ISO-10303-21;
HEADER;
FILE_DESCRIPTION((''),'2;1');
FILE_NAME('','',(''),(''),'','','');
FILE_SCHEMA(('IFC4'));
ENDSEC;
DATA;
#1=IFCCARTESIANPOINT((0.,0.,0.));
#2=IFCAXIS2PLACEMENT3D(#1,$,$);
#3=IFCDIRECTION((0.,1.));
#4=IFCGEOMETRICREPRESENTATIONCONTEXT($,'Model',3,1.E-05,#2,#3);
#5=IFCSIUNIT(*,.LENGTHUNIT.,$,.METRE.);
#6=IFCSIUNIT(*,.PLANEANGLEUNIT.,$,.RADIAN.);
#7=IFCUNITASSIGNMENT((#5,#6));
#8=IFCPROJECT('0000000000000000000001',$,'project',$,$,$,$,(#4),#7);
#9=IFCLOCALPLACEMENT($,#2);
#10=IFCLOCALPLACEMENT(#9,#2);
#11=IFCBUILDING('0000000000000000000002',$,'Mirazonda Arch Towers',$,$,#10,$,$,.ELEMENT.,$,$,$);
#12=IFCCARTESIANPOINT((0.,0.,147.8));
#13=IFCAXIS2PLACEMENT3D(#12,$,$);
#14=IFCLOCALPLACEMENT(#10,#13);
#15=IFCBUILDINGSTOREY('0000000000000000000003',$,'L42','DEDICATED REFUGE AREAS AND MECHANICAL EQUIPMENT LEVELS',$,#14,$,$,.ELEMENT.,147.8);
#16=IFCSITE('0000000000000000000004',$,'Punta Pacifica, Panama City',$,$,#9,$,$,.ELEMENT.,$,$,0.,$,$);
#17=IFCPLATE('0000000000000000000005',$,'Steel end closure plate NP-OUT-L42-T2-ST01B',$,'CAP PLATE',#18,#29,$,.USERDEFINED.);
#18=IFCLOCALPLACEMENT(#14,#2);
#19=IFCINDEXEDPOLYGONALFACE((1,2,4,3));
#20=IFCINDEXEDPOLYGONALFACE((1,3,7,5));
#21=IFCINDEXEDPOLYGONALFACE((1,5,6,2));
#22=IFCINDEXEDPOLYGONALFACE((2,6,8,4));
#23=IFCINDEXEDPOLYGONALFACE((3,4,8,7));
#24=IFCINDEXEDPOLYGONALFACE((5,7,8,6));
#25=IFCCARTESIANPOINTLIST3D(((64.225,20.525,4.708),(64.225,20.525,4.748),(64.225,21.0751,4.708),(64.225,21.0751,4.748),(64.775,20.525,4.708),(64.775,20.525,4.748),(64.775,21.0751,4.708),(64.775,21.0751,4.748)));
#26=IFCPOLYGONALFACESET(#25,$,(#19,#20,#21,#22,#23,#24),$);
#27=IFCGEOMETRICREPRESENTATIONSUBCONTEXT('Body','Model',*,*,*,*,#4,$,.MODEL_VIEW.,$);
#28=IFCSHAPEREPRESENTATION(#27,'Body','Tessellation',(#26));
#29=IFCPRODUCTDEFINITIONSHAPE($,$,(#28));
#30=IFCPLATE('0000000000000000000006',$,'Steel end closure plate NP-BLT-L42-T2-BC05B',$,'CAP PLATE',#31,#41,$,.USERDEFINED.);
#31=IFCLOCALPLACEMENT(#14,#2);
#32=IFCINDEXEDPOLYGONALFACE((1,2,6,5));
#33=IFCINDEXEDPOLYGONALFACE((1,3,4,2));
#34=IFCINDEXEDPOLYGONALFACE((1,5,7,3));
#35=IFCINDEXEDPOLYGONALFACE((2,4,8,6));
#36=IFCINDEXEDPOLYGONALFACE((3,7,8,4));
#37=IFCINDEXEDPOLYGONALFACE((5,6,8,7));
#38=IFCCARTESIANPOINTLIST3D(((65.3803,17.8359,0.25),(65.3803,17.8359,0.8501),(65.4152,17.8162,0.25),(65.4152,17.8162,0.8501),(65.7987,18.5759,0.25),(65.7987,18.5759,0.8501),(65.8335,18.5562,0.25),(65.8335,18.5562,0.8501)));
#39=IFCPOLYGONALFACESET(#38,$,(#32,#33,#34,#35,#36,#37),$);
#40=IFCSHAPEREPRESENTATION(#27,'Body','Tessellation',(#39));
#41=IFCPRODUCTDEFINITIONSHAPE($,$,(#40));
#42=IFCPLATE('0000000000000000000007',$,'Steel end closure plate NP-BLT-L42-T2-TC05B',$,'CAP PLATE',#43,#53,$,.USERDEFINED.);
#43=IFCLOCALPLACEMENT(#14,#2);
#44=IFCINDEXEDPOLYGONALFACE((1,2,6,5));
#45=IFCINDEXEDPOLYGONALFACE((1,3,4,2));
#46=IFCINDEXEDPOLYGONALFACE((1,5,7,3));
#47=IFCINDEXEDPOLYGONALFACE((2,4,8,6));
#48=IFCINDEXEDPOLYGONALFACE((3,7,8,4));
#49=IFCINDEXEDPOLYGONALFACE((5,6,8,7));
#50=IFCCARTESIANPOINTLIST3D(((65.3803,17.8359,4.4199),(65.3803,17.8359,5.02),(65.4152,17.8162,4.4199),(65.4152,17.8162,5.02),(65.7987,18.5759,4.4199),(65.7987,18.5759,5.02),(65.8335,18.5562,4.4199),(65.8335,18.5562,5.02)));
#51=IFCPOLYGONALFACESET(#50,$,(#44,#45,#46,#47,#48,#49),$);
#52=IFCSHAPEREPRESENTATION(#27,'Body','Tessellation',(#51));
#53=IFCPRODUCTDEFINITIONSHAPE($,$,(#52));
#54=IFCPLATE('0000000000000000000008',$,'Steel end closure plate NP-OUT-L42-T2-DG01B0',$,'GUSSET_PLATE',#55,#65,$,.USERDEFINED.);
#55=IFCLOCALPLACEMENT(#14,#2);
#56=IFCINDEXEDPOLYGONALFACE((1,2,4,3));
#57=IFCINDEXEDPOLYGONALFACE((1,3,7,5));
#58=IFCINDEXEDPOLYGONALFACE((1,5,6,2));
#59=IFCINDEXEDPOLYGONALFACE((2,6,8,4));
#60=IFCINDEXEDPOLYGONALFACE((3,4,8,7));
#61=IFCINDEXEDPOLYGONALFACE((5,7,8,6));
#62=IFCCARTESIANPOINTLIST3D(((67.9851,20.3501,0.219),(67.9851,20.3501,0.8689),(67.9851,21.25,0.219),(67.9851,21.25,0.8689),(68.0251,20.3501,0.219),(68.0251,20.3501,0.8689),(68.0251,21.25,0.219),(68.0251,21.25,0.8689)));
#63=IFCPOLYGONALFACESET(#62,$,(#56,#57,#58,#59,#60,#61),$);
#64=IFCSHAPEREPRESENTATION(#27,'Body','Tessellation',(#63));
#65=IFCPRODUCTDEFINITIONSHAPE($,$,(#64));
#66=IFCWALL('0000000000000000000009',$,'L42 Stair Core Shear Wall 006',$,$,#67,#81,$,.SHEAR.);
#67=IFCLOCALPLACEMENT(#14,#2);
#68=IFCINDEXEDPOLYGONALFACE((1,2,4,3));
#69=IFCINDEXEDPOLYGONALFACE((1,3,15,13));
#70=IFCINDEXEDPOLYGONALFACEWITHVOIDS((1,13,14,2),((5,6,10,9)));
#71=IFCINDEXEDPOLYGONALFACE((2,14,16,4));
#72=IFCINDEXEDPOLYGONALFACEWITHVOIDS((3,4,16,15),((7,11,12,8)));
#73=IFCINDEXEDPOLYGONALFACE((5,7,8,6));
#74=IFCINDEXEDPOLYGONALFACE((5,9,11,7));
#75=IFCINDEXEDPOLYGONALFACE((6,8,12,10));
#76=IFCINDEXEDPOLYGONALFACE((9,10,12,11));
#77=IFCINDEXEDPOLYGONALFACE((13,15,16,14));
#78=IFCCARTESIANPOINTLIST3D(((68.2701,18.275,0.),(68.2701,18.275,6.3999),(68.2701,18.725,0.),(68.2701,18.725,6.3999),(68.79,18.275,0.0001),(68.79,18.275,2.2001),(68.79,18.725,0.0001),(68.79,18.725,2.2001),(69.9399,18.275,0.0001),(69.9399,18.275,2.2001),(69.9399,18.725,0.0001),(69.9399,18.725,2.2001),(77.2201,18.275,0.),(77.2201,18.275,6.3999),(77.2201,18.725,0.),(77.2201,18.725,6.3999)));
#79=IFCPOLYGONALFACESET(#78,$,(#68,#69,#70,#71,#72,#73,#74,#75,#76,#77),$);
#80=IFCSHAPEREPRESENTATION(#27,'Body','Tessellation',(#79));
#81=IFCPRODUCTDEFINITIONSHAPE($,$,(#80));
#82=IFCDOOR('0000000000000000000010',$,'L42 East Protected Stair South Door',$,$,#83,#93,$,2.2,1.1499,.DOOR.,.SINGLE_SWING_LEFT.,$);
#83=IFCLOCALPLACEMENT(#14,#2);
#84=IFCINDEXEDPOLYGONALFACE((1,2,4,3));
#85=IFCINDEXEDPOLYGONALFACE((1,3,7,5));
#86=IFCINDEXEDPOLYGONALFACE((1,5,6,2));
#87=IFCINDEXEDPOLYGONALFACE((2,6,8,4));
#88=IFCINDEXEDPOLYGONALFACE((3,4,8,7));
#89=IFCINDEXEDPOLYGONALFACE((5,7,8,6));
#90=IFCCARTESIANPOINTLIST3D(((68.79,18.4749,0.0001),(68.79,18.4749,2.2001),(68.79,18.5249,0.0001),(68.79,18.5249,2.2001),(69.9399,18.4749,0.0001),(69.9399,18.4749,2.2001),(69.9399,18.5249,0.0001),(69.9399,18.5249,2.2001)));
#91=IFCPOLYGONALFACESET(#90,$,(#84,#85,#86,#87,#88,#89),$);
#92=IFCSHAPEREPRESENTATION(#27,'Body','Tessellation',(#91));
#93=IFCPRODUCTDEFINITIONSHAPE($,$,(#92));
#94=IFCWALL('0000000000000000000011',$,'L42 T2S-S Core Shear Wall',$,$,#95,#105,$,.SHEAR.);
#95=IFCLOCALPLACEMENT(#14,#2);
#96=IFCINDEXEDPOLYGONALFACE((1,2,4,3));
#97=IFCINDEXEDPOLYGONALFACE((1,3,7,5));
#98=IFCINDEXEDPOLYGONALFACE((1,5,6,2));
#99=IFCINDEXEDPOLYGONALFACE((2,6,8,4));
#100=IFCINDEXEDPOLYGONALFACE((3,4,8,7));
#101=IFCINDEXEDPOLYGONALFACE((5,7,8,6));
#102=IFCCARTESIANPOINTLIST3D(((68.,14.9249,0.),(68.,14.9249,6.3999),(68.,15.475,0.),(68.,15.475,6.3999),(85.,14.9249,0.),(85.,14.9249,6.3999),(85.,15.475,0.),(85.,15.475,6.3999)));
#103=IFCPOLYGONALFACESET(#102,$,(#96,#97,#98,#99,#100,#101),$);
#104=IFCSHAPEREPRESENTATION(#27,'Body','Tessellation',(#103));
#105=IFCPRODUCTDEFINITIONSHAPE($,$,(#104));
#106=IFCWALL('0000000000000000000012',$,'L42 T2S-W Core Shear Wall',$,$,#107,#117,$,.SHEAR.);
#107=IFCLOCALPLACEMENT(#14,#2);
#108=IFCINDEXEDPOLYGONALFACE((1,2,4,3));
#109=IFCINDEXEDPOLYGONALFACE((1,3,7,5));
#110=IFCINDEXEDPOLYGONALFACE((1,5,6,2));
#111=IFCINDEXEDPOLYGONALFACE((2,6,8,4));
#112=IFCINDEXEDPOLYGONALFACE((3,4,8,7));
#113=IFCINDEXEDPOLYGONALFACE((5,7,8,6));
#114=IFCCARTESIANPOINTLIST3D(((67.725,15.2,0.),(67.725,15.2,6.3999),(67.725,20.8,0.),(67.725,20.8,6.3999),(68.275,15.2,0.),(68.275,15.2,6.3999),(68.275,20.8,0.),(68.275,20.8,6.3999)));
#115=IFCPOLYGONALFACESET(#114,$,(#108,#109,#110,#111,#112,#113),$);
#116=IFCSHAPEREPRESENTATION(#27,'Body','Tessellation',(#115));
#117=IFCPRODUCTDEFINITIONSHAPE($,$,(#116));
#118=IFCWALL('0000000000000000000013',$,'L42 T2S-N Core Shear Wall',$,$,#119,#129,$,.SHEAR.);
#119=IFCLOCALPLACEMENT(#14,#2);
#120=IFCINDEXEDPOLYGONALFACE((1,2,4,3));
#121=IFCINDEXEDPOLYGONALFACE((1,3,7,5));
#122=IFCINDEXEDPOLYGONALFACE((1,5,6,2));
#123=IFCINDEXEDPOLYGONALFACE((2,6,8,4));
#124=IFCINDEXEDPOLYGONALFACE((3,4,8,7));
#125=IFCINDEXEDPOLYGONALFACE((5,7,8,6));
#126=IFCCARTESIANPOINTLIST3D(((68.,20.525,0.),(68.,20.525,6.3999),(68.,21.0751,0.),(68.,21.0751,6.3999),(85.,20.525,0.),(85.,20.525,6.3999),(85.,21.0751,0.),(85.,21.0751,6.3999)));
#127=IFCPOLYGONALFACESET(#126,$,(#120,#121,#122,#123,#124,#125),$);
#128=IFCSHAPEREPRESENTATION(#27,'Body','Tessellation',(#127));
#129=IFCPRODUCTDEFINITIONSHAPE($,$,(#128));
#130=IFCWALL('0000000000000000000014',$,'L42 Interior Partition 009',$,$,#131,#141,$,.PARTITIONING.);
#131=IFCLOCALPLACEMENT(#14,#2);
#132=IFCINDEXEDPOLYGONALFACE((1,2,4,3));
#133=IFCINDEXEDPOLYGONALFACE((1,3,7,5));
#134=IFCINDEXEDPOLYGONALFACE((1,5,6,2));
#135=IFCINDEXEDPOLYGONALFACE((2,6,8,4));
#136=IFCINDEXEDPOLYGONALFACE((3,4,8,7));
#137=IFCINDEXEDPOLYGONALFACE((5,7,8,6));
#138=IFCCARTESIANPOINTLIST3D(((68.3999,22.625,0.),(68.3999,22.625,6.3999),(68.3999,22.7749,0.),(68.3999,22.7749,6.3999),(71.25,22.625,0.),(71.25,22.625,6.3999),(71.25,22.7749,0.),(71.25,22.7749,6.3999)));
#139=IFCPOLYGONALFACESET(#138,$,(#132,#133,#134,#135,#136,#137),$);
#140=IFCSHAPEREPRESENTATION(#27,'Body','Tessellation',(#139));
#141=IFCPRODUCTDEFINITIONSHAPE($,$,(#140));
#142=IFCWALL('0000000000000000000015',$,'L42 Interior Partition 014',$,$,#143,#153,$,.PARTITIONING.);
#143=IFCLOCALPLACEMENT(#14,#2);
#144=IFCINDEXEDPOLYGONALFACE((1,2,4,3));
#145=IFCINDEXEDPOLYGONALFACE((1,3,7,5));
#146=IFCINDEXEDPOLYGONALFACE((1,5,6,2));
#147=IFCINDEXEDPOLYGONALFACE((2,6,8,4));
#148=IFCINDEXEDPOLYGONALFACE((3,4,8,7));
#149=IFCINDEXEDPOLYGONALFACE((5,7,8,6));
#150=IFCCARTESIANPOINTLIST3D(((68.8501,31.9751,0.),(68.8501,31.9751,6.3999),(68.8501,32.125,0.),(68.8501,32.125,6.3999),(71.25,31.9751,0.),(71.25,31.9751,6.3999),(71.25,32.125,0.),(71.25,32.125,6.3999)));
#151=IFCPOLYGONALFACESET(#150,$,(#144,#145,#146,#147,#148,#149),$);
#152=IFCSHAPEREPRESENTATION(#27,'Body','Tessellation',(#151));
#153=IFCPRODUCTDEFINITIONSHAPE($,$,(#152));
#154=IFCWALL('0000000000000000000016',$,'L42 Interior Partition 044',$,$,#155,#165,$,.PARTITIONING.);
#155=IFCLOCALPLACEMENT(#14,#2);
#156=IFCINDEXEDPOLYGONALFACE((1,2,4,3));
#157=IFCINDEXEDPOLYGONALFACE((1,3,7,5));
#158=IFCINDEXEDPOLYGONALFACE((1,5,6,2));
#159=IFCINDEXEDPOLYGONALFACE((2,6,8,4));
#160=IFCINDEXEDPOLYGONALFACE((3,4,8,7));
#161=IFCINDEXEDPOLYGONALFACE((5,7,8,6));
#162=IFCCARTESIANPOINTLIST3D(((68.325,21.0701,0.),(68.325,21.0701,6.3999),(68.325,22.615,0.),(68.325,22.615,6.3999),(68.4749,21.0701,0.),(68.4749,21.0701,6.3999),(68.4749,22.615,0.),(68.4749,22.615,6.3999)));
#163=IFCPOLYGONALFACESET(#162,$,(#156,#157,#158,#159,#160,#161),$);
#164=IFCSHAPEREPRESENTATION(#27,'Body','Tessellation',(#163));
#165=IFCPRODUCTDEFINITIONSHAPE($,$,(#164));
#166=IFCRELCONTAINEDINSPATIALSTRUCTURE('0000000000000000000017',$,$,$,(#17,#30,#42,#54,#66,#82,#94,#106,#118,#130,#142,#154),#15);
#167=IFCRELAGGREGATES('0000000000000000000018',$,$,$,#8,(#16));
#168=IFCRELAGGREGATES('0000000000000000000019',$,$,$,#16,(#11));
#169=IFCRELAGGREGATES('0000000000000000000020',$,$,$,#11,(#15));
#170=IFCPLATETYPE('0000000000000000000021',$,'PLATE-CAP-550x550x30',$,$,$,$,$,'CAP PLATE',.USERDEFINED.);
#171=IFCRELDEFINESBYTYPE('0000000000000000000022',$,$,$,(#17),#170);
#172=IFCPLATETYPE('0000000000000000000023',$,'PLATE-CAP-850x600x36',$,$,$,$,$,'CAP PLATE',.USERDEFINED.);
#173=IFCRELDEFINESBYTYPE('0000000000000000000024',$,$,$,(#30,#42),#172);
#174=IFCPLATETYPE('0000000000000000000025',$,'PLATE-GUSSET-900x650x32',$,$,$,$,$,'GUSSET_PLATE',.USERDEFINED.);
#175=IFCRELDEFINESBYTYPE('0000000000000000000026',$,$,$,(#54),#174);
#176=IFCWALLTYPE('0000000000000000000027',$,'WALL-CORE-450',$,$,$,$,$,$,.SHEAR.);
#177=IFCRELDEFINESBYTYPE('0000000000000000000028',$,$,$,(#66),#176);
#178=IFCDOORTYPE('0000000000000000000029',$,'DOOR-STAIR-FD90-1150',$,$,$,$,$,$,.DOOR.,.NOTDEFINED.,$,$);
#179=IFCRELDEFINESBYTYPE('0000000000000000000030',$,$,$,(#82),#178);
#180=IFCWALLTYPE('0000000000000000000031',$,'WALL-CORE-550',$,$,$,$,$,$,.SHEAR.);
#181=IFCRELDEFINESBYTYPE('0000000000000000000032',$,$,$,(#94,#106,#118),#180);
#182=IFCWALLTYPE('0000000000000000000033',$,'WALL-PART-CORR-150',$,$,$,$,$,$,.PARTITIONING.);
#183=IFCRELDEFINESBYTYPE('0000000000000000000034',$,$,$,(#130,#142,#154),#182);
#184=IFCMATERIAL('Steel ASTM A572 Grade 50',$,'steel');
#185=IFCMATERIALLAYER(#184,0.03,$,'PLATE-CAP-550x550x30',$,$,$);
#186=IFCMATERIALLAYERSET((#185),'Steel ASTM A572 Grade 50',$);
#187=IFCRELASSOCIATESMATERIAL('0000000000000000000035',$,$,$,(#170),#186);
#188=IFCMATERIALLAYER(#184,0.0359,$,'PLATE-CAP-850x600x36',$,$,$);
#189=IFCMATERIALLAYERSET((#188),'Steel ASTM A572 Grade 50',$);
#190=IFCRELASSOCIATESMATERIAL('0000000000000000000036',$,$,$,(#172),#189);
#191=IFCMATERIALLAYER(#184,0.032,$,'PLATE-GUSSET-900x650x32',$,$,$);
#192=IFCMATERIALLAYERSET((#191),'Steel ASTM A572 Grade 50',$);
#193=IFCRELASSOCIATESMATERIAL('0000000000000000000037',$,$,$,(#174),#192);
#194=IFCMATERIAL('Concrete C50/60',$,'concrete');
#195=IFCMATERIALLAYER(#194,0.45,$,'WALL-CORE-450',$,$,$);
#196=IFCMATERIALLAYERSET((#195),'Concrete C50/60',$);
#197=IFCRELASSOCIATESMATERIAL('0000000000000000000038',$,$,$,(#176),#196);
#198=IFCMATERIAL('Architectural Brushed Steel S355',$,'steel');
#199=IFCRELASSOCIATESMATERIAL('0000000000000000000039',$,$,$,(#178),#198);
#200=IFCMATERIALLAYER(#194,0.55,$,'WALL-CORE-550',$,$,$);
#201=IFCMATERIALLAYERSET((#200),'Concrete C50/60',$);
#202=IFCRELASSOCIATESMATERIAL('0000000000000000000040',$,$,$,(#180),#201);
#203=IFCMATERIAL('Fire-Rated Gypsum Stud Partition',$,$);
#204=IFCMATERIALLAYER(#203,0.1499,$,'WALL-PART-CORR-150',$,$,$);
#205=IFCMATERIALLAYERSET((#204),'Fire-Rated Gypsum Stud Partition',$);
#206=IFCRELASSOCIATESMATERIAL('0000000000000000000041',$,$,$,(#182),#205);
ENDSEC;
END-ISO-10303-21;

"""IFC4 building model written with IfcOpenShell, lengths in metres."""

from ifc_helpers import new_model, si_unit, direction, frame, frame_2d, origin, origin_2d, place, context, subcontext, project, spatial, rectangle, extrude, material, layer, layer_set, type_object, element, fill, save


model = new_model("IFC4")

# Units and contexts
model_context = context("Model", 3, precision=1e-05, world=origin(), true_north=direction((0.0, 1.0)))
body_context = subcontext(model_context, "Body", "Model", "MODEL_VIEW")
ifc_project = project(units=[si_unit("LENGTHUNIT", "METRE"), si_unit("PLANEANGLEUNIT", "RADIAN")], contexts=[model_context])

# Site, building, storey
site_placement = place(None, origin())
site = spatial("IfcSite", under=ifc_project, at=site_placement, Name="Punta Pacifica, Panama City", CompositionType="ELEMENT", RefElevation=0.0)
building_placement = place(site_placement, origin())
building = spatial("IfcBuilding", under=site, at=building_placement, Name="Mirazonda Arch Towers", CompositionType="ELEMENT")
storey_placement = place(building_placement, frame((0.0, 0.0, 147.8)))
storey = spatial("IfcBuildingStorey", under=building, at=storey_placement, Name="L42", Description="DEDICATED REFUGE AREAS AND MECHANICAL EQUIPMENT LEVELS", CompositionType="ELEMENT", Elevation=147.8)

# Shared definitions
ifc_material_1 = material(Name="Concrete C50/60", Category="concrete")

# Shared definitions
ifc_material_2 = material(Name="Steel ASTM A572 Grade 50", Category="steel")

# Plates
ifc_layer_1 = layer(ifc_material_2, 0.03, Name="PLATE-CAP-550x550x30")
ifc_layer_set_1 = layer_set([ifc_layer_1], Name="Steel ASTM A572 Grade 50")
plate_type_1 = type_object("IfcPlateType", Name="PLATE-CAP-550x550x30", ElementType="CAP PLATE", PredefinedType="USERDEFINED", material=ifc_layer_set_1)
for number, where, z_axis, x_axis, name in (
    (1, (64.5, 20.8, 4.708), (0.0, 0.0, 1.0), (1.0, 0.0, 0.0), "Steel end closure plate NP-OUT-L42-T2-ST01B"),
):
    element("IfcPlate", number, at=place(storey_placement, frame(where, z_axis=z_axis, x_axis=x_axis)), inside=storey, type_object=plate_type_1, Name=name, ObjectType="CAP PLATE", PredefinedType="USERDEFINED", context=body_context, shape_type="SweptSolid", body=[
        extrude(rectangle(XDim=0.55, YDim=0.55, at=origin_2d()), origin(), (0.0, 0.0, 1.0), 0.04),
    ])
ifc_layer_2 = layer(ifc_material_2, 0.0359, Name="PLATE-CAP-850x600x36")
ifc_layer_set_2 = layer_set([ifc_layer_2], Name="Steel ASTM A572 Grade 50")
plate_type_2 = type_object("IfcPlateType", Name="PLATE-CAP-850x600x36", ElementType="CAP PLATE", PredefinedType="USERDEFINED", material=ifc_layer_set_2)
for number, where, z_axis, x_axis, name in (
    (2, (65.6069, 18.196, 0.25), (0.0, 0.0, 1.0), (0.870528, -0.49212, 0.0), "Steel end closure plate NP-BLT-L42-T2-BC05B"),
    (3, (65.6069, 18.196, 4.4199), (0.0, 0.0, 1.0), (0.870528, -0.49212, 0.0), "Steel end closure plate NP-BLT-L42-T2-TC05B"),
):
    element("IfcPlate", number, at=place(storey_placement, frame(where, z_axis=z_axis, x_axis=x_axis)), inside=storey, type_object=plate_type_2, Name=name, ObjectType="CAP PLATE", PredefinedType="USERDEFINED", context=body_context, shape_type="SweptSolid", body=[
        extrude(rectangle(XDim=0.04, YDim=0.8501, at=origin_2d()), origin(), (0.0, 0.0, 1.0), 0.6001),
    ])
ifc_layer_3 = layer(ifc_material_2, 0.032, Name="PLATE-GUSSET-900x650x32")
ifc_layer_set_3 = layer_set([ifc_layer_3], Name="Steel ASTM A572 Grade 50")
plate_type_3 = type_object("IfcPlateType", Name="PLATE-GUSSET-900x650x32", ElementType="GUSSET_PLATE", PredefinedType="USERDEFINED", material=ifc_layer_set_3)
plate_placement = place(storey_placement, frame((68.0051, 20.8, 0.219), z_axis=(0.0, 0.0, 1.0), x_axis=(1.0, 0.0, 0.0)))
element("IfcPlate", 4, at=plate_placement, inside=storey, type_object=plate_type_3, Name="Steel end closure plate NP-OUT-L42-T2-DG01B0", ObjectType="GUSSET_PLATE", PredefinedType="USERDEFINED", context=body_context, shape_type="SweptSolid", body=[
    extrude(rectangle(XDim=0.04, YDim=0.8999, at=origin_2d()), origin(), (0.0, 0.0, 1.0), 0.6499),
])

# Wall, opening, door
ifc_layer_4 = layer(ifc_material_1, 0.45, Name="WALL-CORE-450")
ifc_layer_set_4 = layer_set([ifc_layer_4], Name="Concrete C50/60")
wall_type_1 = type_object("IfcWallType", Name="WALL-CORE-450", PredefinedType="SHEAR", material=ifc_layer_set_4)
wall_1_placement = place(storey_placement, frame((68.27, 18.5, 0.0), z_axis=(0.0, 0.0, 1.0), x_axis=(1.0, 0.0, 0.0)))
wall_1 = element("IfcWall", 5, at=wall_1_placement, inside=storey, type_object=wall_type_1, Name="L42 Stair Core Shear Wall 006", PredefinedType="SHEAR", context=body_context, shape_type="SweptSolid", body=[
    extrude(rectangle(XDim=8.95, YDim=0.45, at=frame_2d((4.4751, 0.0))), origin(), (0.0, 0.0, 1.0), 6.3999),
])
opening_placement = place(wall_1_placement, frame((0.52, 0.0, 0.0)))
opening = element("IfcOpeningElement", 6, at=opening_placement, cuts=wall_1, PredefinedType="OPENING", context=body_context, shape_type="SweptSolid", body=[
    extrude(rectangle(XDim=1.1499, YDim=2.2, at=frame_2d((0.575, 1.1001))), frame((0.0, 0.2349, 0.0), z_axis=(0.0, -1.0, 0.0), x_axis=(1.0, 0.0, 0.0)), (0.0, 0.0, 1.0), 0.47),
])
ifc_material_3 = material(Name="Architectural Brushed Steel S355", Category="steel")
door_type = type_object("IfcDoorType", Name="DOOR-STAIR-FD90-1150", OperationType="NOTDEFINED", PredefinedType="DOOR", material=ifc_material_3)
door_placement = place(opening_placement, origin())
door = element("IfcDoor", 7, at=door_placement, inside=storey, type_object=door_type, Name="L42 East Protected Stair South Door", OperationType="SINGLE_SWING_LEFT", OverallHeight=2.2, OverallWidth=1.1499, PredefinedType="DOOR", context=body_context, shape_type="SweptSolid", body=[
    extrude(rectangle(XDim=1.1499, YDim=2.2, at=frame_2d((0.575, 1.1001))), frame((0.0, 0.0249, 0.0), z_axis=(0.0, -1.0, 0.0), x_axis=(1.0, 0.0, 0.0)), (0.0, 0.0, 1.0), 0.05),
])
fill(opening, door)

# Walls
ifc_layer_5 = layer(ifc_material_1, 0.55, Name="WALL-CORE-550")
ifc_layer_set_5 = layer_set([ifc_layer_5], Name="Concrete C50/60")
wall_type_2 = type_object("IfcWallType", Name="WALL-CORE-550", PredefinedType="SHEAR", material=ifc_layer_set_5)
wall_2_placement = place(storey_placement, frame((68.0, 15.2, 0.0), z_axis=(0.0, 0.0, 1.0), x_axis=(1.0, 0.0, 0.0)))
element("IfcWall", 8, at=wall_2_placement, inside=storey, type_object=wall_type_2, Name="L42 T2S-S Core Shear Wall", PredefinedType="SHEAR", context=body_context, shape_type="SweptSolid", body=[
    extrude(rectangle(XDim=17.0, YDim=0.55, at=frame_2d((8.5, 0.0))), origin(), (0.0, 0.0, 1.0), 6.3999),
])
wall_3_placement = place(storey_placement, frame((68.0, 15.2, 0.0), z_axis=(0.0, 0.0, 1.0), x_axis=(0.0, 1.0, 0.0)))
element("IfcWall", 9, at=wall_3_placement, inside=storey, type_object=wall_type_2, Name="L42 T2S-W Core Shear Wall", PredefinedType="SHEAR", context=body_context, shape_type="SweptSolid", body=[
    extrude(rectangle(XDim=5.6001, YDim=0.55, at=frame_2d((2.8, 0.0))), origin(), (0.0, 0.0, 1.0), 6.3999),
])
wall_4_placement = place(storey_placement, frame((68.0, 20.8, 0.0), z_axis=(0.0, 0.0, 1.0), x_axis=(1.0, 0.0, 0.0)))
element("IfcWall", 10, at=wall_4_placement, inside=storey, type_object=wall_type_2, Name="L42 T2S-N Core Shear Wall", PredefinedType="SHEAR", context=body_context, shape_type="SweptSolid", body=[
    extrude(rectangle(XDim=17.0, YDim=0.55, at=frame_2d((8.5, 0.0))), origin(), (0.0, 0.0, 1.0), 6.3999),
])
ifc_material_4 = material(Name="Fire-Rated Gypsum Stud Partition")
ifc_layer_6 = layer(ifc_material_4, 0.1499, Name="WALL-PART-CORR-150")
ifc_layer_set_6 = layer_set([ifc_layer_6], Name="Fire-Rated Gypsum Stud Partition")
wall_type_3 = type_object("IfcWallType", Name="WALL-PART-CORR-150", PredefinedType="PARTITIONING", material=ifc_layer_set_6)
wall_5_placement = place(storey_placement, frame((68.3999, 22.7, 0.0), z_axis=(0.0, 0.0, 1.0), x_axis=(1.0, 0.0, 0.0)))
element("IfcWall", 11, at=wall_5_placement, inside=storey, type_object=wall_type_3, Name="L42 Interior Partition 009", PredefinedType="PARTITIONING", context=body_context, shape_type="SweptSolid", body=[
    extrude(rectangle(XDim=2.8501, YDim=0.1499, at=frame_2d((1.425, 0.0))), origin(), (0.0, 0.0, 1.0), 6.3999),
])
wall_6_placement = place(storey_placement, frame((68.8501, 32.05, 0.0), z_axis=(0.0, 0.0, 1.0), x_axis=(1.0, 0.0, 0.0)))
element("IfcWall", 12, at=wall_6_placement, inside=storey, type_object=wall_type_3, Name="L42 Interior Partition 014", PredefinedType="PARTITIONING", context=body_context, shape_type="SweptSolid", body=[
    extrude(rectangle(XDim=2.3999, YDim=0.1499, at=frame_2d((1.2, 0.0))), origin(), (0.0, 0.0, 1.0), 6.3999),
])
wall_7_placement = place(storey_placement, frame((68.3999, 21.0701, 0.0), z_axis=(0.0, 0.0, 1.0), x_axis=(0.0, 1.0, 0.0)))
element("IfcWall", 13, at=wall_7_placement, inside=storey, type_object=wall_type_3, Name="L42 Interior Partition 044", PredefinedType="PARTITIONING", context=body_context, shape_type="SweptSolid", body=[
    extrude(rectangle(XDim=1.5449, YDim=0.1499, at=frame_2d((0.7725, 0.0))), origin(), (0.0, 0.0, 1.0), 6.3999),
])

save(model, "model.ifc")
